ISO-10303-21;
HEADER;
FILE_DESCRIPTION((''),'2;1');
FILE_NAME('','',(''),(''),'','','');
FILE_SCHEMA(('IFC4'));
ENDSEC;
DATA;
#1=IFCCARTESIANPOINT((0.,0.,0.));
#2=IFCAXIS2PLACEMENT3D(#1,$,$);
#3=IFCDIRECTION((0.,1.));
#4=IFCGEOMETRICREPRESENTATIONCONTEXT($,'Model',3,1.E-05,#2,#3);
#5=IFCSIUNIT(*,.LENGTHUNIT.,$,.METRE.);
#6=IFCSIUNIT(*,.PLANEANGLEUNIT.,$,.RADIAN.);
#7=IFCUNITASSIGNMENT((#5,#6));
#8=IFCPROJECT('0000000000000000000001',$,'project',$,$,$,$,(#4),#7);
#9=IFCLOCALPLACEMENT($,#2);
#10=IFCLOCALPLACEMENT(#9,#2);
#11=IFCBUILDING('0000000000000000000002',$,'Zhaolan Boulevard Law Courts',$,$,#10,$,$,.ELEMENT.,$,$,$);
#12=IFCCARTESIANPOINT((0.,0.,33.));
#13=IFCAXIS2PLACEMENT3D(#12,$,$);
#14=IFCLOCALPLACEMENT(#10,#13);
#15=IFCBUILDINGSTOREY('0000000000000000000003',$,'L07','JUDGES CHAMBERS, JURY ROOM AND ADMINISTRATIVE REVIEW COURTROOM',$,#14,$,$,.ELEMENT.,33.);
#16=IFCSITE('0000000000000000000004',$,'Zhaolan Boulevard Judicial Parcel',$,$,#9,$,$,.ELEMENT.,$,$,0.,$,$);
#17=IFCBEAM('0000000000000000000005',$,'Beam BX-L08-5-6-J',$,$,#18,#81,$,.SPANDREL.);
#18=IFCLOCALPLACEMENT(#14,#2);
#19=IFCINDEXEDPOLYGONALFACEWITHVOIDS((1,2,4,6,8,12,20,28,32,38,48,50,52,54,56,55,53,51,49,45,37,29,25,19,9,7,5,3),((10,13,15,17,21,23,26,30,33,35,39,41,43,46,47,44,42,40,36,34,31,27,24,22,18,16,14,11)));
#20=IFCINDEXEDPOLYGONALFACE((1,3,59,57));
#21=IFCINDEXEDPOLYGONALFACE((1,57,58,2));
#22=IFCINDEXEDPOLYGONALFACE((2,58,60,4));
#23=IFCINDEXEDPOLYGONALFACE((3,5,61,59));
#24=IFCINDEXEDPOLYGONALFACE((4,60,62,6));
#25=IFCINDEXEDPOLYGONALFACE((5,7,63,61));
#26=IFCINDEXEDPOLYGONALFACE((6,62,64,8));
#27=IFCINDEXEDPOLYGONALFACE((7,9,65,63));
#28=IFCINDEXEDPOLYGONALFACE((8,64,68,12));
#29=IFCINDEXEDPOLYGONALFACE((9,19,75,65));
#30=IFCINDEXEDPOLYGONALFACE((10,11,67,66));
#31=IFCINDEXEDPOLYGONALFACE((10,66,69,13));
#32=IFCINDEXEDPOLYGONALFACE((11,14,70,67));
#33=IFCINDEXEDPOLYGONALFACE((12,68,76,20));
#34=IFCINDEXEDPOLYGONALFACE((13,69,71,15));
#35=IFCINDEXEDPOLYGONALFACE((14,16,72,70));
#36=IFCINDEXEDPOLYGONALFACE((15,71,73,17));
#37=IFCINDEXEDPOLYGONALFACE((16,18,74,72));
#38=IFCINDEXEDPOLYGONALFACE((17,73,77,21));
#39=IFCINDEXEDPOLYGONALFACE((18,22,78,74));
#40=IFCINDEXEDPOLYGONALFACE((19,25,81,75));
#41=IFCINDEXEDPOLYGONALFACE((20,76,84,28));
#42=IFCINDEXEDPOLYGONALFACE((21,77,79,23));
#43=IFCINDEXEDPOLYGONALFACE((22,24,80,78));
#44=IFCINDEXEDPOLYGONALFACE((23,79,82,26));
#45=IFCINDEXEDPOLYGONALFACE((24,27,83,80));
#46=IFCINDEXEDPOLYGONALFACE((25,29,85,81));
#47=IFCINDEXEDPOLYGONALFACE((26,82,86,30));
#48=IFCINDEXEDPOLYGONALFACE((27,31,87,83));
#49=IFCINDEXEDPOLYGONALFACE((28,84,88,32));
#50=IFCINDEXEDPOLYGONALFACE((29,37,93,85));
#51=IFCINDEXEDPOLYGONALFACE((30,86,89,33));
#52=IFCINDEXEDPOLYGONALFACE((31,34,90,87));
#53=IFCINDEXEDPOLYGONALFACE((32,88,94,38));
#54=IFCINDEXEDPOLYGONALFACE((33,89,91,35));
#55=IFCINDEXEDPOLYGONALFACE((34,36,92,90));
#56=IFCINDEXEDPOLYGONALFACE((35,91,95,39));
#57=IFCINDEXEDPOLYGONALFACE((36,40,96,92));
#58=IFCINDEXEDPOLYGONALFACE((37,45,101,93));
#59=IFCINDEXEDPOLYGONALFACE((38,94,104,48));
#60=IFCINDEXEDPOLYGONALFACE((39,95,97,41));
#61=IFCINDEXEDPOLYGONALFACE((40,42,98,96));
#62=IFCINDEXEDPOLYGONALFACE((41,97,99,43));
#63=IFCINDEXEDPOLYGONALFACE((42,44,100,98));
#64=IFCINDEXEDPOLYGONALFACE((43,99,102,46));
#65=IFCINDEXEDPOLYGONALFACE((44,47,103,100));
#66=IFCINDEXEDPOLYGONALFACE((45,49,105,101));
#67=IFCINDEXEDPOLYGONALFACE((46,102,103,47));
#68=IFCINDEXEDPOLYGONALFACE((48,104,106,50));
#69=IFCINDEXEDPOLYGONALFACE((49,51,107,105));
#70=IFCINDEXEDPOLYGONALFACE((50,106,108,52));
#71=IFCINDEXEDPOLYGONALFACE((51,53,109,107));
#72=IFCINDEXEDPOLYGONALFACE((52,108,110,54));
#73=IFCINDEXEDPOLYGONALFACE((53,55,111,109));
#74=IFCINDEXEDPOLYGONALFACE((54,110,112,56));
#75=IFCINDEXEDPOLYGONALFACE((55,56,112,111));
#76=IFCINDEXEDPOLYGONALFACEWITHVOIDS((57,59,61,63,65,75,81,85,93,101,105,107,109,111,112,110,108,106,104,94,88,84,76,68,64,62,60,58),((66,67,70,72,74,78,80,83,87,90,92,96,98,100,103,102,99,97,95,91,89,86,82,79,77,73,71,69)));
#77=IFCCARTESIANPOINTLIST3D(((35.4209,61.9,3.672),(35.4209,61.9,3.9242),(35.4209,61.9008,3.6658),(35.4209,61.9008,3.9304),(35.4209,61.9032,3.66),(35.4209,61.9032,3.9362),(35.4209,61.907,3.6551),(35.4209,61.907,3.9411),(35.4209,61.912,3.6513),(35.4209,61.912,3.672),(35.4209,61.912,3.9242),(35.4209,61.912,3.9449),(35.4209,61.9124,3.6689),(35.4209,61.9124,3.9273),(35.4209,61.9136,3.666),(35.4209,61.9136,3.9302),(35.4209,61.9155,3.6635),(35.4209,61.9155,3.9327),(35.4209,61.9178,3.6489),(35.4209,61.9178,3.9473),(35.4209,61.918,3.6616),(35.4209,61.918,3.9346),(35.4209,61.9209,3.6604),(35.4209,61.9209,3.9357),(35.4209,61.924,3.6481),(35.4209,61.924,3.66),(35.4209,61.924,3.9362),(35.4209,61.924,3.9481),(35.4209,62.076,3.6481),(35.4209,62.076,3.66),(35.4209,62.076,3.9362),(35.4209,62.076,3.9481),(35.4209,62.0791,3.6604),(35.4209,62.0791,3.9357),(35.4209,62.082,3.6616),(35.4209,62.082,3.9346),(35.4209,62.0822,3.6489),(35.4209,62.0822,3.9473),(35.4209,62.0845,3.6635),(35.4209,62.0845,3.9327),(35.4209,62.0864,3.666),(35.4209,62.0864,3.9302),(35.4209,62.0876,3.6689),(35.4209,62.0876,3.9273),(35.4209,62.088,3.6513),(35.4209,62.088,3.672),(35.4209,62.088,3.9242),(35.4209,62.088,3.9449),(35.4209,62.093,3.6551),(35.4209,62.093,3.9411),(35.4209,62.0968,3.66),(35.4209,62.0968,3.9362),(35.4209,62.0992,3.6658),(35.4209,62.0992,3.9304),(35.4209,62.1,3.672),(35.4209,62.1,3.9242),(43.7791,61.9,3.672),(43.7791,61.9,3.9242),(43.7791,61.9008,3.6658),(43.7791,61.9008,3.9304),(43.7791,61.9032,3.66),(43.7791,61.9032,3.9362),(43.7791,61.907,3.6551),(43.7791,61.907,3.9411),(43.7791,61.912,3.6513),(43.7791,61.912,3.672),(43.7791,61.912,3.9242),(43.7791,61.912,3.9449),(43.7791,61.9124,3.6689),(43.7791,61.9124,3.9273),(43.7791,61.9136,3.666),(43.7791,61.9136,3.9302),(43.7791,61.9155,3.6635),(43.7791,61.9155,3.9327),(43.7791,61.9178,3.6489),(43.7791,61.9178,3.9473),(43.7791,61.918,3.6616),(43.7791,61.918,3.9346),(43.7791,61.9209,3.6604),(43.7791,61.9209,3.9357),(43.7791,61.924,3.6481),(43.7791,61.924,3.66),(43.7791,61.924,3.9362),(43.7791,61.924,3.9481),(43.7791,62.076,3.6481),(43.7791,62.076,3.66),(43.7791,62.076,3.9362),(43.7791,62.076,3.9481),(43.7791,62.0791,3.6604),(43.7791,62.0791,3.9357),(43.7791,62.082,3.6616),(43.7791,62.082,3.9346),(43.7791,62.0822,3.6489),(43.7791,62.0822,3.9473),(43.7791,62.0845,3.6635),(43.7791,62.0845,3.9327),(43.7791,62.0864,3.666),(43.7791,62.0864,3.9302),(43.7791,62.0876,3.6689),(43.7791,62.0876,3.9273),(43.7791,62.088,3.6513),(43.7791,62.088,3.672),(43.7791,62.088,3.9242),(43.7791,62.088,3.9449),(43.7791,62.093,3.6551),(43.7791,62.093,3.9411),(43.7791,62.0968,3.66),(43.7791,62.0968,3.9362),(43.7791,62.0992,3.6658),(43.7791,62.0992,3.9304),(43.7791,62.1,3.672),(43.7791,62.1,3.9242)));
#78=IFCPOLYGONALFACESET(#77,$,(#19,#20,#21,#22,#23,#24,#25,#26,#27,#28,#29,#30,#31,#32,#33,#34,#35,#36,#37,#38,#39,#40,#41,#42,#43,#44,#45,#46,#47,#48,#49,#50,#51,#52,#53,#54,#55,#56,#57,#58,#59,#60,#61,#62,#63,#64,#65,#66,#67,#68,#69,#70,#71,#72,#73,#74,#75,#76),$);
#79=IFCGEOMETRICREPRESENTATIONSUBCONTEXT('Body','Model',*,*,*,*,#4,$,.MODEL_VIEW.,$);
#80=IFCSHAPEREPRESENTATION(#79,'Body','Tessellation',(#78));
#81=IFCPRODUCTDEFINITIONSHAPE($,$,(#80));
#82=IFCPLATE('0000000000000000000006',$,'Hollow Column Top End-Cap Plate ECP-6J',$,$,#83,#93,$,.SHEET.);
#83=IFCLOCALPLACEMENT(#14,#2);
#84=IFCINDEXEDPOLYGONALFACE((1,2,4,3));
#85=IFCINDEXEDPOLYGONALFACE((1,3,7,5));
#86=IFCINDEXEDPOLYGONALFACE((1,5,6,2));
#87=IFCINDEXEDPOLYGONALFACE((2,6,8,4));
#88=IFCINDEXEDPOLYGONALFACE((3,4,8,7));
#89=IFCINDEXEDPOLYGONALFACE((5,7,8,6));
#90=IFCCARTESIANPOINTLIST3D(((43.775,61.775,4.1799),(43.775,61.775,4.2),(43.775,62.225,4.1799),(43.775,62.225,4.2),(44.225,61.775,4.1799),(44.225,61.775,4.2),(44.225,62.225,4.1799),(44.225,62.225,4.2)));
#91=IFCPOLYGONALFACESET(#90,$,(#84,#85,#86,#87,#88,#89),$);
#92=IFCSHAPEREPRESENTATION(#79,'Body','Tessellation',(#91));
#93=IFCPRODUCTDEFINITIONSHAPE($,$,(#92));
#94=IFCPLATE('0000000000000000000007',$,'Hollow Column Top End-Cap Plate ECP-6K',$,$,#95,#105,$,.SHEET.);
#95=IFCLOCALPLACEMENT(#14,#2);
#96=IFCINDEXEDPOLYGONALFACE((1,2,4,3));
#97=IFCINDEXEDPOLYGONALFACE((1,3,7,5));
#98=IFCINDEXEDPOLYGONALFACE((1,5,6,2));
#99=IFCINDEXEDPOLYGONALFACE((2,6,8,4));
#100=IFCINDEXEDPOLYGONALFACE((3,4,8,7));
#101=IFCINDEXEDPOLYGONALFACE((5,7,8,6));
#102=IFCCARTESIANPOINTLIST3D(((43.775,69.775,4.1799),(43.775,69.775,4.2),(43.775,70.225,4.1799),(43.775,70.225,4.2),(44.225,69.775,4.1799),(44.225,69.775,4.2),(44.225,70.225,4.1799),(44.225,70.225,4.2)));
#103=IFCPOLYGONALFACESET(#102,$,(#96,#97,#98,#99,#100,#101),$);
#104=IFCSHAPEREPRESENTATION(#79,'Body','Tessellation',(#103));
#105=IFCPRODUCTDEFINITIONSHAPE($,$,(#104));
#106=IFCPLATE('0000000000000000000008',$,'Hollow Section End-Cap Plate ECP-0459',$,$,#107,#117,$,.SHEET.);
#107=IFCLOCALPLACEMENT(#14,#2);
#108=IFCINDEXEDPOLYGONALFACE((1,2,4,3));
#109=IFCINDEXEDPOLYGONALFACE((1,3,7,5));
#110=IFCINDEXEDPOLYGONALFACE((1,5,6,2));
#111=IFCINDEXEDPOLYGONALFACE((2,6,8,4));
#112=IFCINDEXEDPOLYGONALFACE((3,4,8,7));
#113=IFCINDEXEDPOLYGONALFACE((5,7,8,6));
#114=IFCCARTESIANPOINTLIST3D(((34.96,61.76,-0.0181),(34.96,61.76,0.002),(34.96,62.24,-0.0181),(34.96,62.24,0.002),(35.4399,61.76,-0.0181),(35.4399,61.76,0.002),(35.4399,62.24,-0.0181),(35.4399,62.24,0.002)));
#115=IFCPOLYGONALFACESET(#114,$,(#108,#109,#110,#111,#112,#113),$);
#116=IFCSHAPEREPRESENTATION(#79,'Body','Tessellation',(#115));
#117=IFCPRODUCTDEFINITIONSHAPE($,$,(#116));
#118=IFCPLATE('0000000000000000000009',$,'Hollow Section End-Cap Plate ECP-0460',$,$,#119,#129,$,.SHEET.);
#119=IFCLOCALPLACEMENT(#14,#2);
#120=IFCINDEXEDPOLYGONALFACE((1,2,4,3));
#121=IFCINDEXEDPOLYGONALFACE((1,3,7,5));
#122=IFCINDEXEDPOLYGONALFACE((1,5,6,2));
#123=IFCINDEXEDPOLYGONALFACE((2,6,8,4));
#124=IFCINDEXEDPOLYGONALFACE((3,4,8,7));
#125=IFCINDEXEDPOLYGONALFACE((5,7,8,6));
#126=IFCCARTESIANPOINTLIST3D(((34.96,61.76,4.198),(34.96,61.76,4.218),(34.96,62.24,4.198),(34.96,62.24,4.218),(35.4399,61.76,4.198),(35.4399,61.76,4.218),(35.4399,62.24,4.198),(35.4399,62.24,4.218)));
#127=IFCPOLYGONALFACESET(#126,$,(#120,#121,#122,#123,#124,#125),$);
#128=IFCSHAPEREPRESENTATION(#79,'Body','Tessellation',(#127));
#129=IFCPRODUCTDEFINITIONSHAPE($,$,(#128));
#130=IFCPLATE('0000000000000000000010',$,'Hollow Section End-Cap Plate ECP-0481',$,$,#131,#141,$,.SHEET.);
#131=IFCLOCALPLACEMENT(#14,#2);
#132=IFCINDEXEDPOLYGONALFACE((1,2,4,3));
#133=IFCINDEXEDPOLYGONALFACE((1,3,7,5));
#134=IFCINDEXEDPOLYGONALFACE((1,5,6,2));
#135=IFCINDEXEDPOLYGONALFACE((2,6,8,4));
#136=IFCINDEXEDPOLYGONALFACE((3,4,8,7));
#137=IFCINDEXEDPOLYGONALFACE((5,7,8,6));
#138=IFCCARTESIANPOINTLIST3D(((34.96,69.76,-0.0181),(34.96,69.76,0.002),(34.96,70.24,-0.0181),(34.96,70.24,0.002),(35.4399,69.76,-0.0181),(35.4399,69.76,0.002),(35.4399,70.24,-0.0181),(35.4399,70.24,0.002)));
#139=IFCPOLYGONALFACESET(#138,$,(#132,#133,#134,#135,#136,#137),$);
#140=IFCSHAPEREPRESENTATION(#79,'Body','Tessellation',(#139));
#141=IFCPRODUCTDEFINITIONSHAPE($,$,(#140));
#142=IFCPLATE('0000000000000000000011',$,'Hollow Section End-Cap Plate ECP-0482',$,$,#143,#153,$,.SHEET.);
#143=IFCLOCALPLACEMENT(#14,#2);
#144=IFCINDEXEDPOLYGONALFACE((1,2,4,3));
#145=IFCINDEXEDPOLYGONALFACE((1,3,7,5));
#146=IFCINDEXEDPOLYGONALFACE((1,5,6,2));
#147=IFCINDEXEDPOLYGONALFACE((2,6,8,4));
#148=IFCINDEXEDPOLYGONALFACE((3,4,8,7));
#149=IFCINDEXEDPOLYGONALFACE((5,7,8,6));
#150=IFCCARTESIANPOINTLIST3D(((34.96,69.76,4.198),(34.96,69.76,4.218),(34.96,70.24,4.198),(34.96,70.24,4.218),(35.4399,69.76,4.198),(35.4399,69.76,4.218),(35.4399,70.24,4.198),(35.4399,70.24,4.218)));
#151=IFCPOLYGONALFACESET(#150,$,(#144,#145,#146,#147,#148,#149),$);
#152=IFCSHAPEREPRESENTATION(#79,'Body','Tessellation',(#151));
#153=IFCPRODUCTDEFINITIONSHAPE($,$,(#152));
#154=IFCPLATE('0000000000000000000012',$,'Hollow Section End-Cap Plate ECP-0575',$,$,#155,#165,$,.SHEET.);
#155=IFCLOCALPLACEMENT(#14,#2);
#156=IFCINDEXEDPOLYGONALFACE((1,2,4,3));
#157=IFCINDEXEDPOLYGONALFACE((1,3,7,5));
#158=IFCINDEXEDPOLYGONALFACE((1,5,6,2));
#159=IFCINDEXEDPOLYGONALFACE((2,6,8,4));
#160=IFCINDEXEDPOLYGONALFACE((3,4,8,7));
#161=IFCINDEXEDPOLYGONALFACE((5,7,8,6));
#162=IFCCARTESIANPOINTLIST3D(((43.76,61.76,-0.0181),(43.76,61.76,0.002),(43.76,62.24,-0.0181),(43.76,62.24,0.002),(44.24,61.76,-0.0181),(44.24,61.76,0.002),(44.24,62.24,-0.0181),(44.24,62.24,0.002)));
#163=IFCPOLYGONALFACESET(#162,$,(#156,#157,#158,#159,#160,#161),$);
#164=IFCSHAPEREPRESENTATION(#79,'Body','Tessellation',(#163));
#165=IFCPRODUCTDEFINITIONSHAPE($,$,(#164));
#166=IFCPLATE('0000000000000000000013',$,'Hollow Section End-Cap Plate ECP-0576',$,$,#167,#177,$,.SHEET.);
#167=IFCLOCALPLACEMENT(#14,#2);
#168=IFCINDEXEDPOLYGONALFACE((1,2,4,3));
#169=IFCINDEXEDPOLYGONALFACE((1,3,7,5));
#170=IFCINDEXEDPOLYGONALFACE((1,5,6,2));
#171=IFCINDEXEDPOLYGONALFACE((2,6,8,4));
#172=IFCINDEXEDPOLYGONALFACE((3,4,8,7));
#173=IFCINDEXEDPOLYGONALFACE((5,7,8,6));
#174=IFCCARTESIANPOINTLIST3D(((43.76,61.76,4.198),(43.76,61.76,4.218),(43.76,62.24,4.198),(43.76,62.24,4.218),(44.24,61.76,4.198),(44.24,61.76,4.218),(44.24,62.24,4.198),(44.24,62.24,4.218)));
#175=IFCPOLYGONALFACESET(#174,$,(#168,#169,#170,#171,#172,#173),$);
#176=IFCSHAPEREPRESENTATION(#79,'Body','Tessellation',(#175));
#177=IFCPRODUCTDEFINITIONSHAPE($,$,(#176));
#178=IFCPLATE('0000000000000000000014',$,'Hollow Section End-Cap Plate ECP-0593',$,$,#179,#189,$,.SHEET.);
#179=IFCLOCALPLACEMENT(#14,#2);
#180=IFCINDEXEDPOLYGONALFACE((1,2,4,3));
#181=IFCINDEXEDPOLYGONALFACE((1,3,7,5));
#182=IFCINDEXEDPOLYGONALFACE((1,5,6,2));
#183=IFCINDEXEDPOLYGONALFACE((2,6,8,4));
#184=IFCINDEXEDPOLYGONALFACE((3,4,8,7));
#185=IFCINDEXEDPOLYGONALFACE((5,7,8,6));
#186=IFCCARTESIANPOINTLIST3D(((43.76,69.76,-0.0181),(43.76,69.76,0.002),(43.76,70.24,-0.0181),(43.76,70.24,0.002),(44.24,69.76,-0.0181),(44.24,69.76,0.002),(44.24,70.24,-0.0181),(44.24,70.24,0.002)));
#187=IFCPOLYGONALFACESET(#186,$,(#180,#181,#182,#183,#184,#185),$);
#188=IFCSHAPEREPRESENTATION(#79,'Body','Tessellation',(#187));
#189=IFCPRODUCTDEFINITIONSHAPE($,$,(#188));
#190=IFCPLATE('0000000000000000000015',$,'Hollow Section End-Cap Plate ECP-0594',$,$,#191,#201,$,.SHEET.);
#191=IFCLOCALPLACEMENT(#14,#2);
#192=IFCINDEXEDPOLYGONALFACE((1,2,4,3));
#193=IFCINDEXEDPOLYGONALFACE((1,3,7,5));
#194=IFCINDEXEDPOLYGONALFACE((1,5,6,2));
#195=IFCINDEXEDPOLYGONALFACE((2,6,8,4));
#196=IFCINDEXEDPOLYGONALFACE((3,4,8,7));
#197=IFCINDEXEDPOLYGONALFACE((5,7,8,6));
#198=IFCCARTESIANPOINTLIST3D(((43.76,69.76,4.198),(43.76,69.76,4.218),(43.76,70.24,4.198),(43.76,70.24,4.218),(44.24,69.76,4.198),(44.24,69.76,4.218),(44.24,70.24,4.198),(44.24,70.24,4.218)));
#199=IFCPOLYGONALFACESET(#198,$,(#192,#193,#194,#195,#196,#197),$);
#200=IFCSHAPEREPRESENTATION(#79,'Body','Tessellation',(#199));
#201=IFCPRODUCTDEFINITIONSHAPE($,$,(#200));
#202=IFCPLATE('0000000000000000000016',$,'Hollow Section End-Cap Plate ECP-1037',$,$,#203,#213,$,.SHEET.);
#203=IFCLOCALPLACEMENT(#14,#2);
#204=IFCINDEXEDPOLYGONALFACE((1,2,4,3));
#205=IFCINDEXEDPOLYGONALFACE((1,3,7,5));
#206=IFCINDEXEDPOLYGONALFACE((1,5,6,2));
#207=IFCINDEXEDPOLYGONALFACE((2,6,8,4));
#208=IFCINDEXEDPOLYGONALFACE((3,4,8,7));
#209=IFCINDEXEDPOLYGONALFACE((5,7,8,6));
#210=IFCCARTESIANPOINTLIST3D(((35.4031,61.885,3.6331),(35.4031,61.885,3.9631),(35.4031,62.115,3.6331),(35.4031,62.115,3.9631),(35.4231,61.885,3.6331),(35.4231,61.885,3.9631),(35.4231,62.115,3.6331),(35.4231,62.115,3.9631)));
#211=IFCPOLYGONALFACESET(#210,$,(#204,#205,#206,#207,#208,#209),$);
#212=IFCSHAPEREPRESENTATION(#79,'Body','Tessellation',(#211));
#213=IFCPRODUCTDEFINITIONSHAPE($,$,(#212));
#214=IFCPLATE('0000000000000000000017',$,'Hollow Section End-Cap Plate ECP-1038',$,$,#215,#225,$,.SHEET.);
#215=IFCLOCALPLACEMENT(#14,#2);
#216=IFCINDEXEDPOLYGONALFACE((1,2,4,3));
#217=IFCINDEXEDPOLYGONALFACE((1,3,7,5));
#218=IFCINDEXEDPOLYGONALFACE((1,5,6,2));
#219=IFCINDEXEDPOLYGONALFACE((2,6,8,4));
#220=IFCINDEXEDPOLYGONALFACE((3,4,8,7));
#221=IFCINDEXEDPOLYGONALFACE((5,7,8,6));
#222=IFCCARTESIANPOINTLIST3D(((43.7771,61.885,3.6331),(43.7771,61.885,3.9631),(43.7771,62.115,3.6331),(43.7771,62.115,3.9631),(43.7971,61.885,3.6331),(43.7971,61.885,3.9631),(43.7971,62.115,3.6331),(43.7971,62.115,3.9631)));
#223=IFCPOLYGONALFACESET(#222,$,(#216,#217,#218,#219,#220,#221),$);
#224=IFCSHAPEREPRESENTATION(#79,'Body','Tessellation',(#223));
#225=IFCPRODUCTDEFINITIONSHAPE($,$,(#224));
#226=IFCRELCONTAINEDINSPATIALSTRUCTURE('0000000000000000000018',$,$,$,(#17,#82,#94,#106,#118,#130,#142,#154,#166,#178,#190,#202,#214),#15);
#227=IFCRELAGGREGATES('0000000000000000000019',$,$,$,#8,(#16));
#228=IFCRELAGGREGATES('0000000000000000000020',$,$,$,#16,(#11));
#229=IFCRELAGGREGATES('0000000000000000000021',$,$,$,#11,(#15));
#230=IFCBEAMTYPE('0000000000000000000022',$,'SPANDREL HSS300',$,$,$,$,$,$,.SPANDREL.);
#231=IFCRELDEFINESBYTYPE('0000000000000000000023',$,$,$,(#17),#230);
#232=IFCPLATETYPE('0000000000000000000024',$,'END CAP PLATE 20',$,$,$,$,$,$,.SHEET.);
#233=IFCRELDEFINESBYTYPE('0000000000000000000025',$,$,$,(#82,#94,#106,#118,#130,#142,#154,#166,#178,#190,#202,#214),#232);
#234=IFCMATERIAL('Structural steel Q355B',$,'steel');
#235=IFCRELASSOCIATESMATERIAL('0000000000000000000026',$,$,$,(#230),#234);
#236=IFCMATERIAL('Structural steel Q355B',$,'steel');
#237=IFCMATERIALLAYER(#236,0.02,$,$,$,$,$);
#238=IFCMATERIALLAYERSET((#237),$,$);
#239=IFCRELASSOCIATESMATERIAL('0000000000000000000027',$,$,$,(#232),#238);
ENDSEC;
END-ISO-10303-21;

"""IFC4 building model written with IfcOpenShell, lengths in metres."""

from ifc_helpers import new_model, si_unit, direction, frame, origin, origin_2d, place, context, subcontext, project, spatial, rectangle, hollow_rectangle, extrude, material, layer, layer_set, material_profile, profile_set, type_object, element, save


model = new_model("IFC4")

# Units and contexts
model_context = context("Model", 3, precision=1e-05, world=origin(), true_north=direction((0.0, 1.0)))
body_context = subcontext(model_context, "Body", "Model", "MODEL_VIEW")
ifc_project = project(units=[si_unit("LENGTHUNIT", "METRE"), si_unit("PLANEANGLEUNIT", "RADIAN")], contexts=[model_context])

# Site, building, storey
site_placement = place(None, origin())
site = spatial("IfcSite", under=ifc_project, at=site_placement, Name="Zhaolan Boulevard Judicial Parcel", CompositionType="ELEMENT", RefElevation=0.0)
building_placement = place(site_placement, origin())
building = spatial("IfcBuilding", under=site, at=building_placement, Name="Zhaolan Boulevard Law Courts", CompositionType="ELEMENT")
storey_placement = place(building_placement, frame((0.0, 0.0, 33.0)))
storey = spatial("IfcBuildingStorey", under=building, at=storey_placement, Name="L07", Description="JUDGES CHAMBERS, JURY ROOM AND ADMINISTRATIVE REVIEW COURTROOM", CompositionType="ELEMENT", Elevation=33.0)

# Beam
ifc_material_1 = material(Name="Structural steel Q355B", Category="steel")
ifc_material_profile_1 = material_profile(ifc_material_1, hollow_rectangle(XDim=0.2, YDim=0.3, WallThickness=0.012, InnerFilletRadius=0.012, OuterFilletRadius=0.0239, at=origin_2d()), Name="HSS300x200x12")
ifc_profile_set_1 = profile_set([ifc_material_profile_1], Name="Structural steel Q355B")
beam_type_1 = type_object("IfcBeamType", Name="SPANDREL HSS300", PredefinedType="SPANDREL", material=ifc_profile_set_1)
beam_1_placement = place(storey_placement, frame((35.4209, 62.0, 3.7981), z_axis=(1.0, 0.0, 0.0), x_axis=(0.0, 1.0, 0.0)))
element("IfcBeam", 1, at=beam_1_placement, inside=storey, type_object=beam_type_1, Name="Beam BX-L08-5-6-J", PredefinedType="SPANDREL", context=body_context, shape_type="SweptSolid", body=[
    extrude(hollow_rectangle(XDim=0.2, YDim=0.3, WallThickness=0.012, InnerFilletRadius=0.012, OuterFilletRadius=0.0239, at=origin_2d()), origin(), (0.0, 0.0, 1.0), 8.3582),
])

# Plates
ifc_material_2 = material(Name="Structural steel Q355B", Category="steel")
ifc_layer_1 = layer(ifc_material_2, 0.02)
ifc_layer_set_1 = layer_set([ifc_layer_1])
plate_type = type_object("IfcPlateType", Name="END CAP PLATE 20", PredefinedType="SHEET", material=ifc_layer_set_1)
for number, where, z_axis, x_axis, name in (
    (2, (44.0, 62.0, 4.1799), (0.0, 0.0, 1.0), (1.0, 0.0, 0.0), "Hollow Column Top End-Cap Plate ECP-6J"),
    (3, (44.0, 70.0, 4.1799), (0.0, 0.0, 1.0), (1.0, 0.0, 0.0), "Hollow Column Top End-Cap Plate ECP-6K"),
):
    element("IfcPlate", number, at=place(storey_placement, frame(where, z_axis=z_axis, x_axis=x_axis)), inside=storey, type_object=plate_type, Name=name, PredefinedType="SHEET", context=body_context, shape_type="SweptSolid", body=[
        extrude(rectangle(XDim=0.45, YDim=0.45, at=origin_2d()), origin(), (0.0, 0.0, 1.0), 0.02),
    ])
for number, where, z_axis, x_axis, name in (
    (4, (35.2, 62.0, -0.0181), (0.0, 0.0, 1.0), (1.0, 0.0, 0.0), "Hollow Section End-Cap Plate ECP-0459"),
    (5, (35.2, 62.0, 4.198), (0.0, 0.0, 1.0), (1.0, 0.0, 0.0), "Hollow Section End-Cap Plate ECP-0460"),
    (6, (35.2, 70.0, -0.0181), (0.0, 0.0, 1.0), (1.0, 0.0, 0.0), "Hollow Section End-Cap Plate ECP-0481"),
    (7, (35.2, 70.0, 4.198), (0.0, 0.0, 1.0), (1.0, 0.0, 0.0), "Hollow Section End-Cap Plate ECP-0482"),
    (8, (44.0, 62.0, -0.0181), (0.0, 0.0, 1.0), (1.0, 0.0, 0.0), "Hollow Section End-Cap Plate ECP-0575"),
    (9, (44.0, 62.0, 4.198), (0.0, 0.0, 1.0), (1.0, 0.0, 0.0), "Hollow Section End-Cap Plate ECP-0576"),
    (10, (44.0, 70.0, -0.0181), (0.0, 0.0, 1.0), (1.0, 0.0, 0.0), "Hollow Section End-Cap Plate ECP-0593"),
    (11, (44.0, 70.0, 4.198), (0.0, 0.0, 1.0), (1.0, 0.0, 0.0), "Hollow Section End-Cap Plate ECP-0594"),
):
    element("IfcPlate", number, at=place(storey_placement, frame(where, z_axis=z_axis, x_axis=x_axis)), inside=storey, type_object=plate_type, Name=name, PredefinedType="SHEET", context=body_context, shape_type="SweptSolid", body=[
        extrude(rectangle(XDim=0.48, YDim=0.48, at=origin_2d()), origin(), (0.0, 0.0, 1.0), 0.02),
    ])
for number, where, z_axis, x_axis, name in (
    (12, (35.4131, 62.0, 3.6331), (0.0, 0.0, 1.0), (1.0, 0.0, 0.0), "Hollow Section End-Cap Plate ECP-1037"),
    (13, (43.7871, 62.0, 3.6331), (0.0, 0.0, 1.0), (1.0, 0.0, 0.0), "Hollow Section End-Cap Plate ECP-1038"),
):
    element("IfcPlate", number, at=place(storey_placement, frame(where, z_axis=z_axis, x_axis=x_axis)), inside=storey, type_object=plate_type, Name=name, PredefinedType="SHEET", context=body_context, shape_type="SweptSolid", body=[
        extrude(rectangle(XDim=0.02, YDim=0.23, at=origin_2d()), origin(), (0.0, 0.0, 1.0), 0.3301),
    ])

save(model, "model.ifc")
